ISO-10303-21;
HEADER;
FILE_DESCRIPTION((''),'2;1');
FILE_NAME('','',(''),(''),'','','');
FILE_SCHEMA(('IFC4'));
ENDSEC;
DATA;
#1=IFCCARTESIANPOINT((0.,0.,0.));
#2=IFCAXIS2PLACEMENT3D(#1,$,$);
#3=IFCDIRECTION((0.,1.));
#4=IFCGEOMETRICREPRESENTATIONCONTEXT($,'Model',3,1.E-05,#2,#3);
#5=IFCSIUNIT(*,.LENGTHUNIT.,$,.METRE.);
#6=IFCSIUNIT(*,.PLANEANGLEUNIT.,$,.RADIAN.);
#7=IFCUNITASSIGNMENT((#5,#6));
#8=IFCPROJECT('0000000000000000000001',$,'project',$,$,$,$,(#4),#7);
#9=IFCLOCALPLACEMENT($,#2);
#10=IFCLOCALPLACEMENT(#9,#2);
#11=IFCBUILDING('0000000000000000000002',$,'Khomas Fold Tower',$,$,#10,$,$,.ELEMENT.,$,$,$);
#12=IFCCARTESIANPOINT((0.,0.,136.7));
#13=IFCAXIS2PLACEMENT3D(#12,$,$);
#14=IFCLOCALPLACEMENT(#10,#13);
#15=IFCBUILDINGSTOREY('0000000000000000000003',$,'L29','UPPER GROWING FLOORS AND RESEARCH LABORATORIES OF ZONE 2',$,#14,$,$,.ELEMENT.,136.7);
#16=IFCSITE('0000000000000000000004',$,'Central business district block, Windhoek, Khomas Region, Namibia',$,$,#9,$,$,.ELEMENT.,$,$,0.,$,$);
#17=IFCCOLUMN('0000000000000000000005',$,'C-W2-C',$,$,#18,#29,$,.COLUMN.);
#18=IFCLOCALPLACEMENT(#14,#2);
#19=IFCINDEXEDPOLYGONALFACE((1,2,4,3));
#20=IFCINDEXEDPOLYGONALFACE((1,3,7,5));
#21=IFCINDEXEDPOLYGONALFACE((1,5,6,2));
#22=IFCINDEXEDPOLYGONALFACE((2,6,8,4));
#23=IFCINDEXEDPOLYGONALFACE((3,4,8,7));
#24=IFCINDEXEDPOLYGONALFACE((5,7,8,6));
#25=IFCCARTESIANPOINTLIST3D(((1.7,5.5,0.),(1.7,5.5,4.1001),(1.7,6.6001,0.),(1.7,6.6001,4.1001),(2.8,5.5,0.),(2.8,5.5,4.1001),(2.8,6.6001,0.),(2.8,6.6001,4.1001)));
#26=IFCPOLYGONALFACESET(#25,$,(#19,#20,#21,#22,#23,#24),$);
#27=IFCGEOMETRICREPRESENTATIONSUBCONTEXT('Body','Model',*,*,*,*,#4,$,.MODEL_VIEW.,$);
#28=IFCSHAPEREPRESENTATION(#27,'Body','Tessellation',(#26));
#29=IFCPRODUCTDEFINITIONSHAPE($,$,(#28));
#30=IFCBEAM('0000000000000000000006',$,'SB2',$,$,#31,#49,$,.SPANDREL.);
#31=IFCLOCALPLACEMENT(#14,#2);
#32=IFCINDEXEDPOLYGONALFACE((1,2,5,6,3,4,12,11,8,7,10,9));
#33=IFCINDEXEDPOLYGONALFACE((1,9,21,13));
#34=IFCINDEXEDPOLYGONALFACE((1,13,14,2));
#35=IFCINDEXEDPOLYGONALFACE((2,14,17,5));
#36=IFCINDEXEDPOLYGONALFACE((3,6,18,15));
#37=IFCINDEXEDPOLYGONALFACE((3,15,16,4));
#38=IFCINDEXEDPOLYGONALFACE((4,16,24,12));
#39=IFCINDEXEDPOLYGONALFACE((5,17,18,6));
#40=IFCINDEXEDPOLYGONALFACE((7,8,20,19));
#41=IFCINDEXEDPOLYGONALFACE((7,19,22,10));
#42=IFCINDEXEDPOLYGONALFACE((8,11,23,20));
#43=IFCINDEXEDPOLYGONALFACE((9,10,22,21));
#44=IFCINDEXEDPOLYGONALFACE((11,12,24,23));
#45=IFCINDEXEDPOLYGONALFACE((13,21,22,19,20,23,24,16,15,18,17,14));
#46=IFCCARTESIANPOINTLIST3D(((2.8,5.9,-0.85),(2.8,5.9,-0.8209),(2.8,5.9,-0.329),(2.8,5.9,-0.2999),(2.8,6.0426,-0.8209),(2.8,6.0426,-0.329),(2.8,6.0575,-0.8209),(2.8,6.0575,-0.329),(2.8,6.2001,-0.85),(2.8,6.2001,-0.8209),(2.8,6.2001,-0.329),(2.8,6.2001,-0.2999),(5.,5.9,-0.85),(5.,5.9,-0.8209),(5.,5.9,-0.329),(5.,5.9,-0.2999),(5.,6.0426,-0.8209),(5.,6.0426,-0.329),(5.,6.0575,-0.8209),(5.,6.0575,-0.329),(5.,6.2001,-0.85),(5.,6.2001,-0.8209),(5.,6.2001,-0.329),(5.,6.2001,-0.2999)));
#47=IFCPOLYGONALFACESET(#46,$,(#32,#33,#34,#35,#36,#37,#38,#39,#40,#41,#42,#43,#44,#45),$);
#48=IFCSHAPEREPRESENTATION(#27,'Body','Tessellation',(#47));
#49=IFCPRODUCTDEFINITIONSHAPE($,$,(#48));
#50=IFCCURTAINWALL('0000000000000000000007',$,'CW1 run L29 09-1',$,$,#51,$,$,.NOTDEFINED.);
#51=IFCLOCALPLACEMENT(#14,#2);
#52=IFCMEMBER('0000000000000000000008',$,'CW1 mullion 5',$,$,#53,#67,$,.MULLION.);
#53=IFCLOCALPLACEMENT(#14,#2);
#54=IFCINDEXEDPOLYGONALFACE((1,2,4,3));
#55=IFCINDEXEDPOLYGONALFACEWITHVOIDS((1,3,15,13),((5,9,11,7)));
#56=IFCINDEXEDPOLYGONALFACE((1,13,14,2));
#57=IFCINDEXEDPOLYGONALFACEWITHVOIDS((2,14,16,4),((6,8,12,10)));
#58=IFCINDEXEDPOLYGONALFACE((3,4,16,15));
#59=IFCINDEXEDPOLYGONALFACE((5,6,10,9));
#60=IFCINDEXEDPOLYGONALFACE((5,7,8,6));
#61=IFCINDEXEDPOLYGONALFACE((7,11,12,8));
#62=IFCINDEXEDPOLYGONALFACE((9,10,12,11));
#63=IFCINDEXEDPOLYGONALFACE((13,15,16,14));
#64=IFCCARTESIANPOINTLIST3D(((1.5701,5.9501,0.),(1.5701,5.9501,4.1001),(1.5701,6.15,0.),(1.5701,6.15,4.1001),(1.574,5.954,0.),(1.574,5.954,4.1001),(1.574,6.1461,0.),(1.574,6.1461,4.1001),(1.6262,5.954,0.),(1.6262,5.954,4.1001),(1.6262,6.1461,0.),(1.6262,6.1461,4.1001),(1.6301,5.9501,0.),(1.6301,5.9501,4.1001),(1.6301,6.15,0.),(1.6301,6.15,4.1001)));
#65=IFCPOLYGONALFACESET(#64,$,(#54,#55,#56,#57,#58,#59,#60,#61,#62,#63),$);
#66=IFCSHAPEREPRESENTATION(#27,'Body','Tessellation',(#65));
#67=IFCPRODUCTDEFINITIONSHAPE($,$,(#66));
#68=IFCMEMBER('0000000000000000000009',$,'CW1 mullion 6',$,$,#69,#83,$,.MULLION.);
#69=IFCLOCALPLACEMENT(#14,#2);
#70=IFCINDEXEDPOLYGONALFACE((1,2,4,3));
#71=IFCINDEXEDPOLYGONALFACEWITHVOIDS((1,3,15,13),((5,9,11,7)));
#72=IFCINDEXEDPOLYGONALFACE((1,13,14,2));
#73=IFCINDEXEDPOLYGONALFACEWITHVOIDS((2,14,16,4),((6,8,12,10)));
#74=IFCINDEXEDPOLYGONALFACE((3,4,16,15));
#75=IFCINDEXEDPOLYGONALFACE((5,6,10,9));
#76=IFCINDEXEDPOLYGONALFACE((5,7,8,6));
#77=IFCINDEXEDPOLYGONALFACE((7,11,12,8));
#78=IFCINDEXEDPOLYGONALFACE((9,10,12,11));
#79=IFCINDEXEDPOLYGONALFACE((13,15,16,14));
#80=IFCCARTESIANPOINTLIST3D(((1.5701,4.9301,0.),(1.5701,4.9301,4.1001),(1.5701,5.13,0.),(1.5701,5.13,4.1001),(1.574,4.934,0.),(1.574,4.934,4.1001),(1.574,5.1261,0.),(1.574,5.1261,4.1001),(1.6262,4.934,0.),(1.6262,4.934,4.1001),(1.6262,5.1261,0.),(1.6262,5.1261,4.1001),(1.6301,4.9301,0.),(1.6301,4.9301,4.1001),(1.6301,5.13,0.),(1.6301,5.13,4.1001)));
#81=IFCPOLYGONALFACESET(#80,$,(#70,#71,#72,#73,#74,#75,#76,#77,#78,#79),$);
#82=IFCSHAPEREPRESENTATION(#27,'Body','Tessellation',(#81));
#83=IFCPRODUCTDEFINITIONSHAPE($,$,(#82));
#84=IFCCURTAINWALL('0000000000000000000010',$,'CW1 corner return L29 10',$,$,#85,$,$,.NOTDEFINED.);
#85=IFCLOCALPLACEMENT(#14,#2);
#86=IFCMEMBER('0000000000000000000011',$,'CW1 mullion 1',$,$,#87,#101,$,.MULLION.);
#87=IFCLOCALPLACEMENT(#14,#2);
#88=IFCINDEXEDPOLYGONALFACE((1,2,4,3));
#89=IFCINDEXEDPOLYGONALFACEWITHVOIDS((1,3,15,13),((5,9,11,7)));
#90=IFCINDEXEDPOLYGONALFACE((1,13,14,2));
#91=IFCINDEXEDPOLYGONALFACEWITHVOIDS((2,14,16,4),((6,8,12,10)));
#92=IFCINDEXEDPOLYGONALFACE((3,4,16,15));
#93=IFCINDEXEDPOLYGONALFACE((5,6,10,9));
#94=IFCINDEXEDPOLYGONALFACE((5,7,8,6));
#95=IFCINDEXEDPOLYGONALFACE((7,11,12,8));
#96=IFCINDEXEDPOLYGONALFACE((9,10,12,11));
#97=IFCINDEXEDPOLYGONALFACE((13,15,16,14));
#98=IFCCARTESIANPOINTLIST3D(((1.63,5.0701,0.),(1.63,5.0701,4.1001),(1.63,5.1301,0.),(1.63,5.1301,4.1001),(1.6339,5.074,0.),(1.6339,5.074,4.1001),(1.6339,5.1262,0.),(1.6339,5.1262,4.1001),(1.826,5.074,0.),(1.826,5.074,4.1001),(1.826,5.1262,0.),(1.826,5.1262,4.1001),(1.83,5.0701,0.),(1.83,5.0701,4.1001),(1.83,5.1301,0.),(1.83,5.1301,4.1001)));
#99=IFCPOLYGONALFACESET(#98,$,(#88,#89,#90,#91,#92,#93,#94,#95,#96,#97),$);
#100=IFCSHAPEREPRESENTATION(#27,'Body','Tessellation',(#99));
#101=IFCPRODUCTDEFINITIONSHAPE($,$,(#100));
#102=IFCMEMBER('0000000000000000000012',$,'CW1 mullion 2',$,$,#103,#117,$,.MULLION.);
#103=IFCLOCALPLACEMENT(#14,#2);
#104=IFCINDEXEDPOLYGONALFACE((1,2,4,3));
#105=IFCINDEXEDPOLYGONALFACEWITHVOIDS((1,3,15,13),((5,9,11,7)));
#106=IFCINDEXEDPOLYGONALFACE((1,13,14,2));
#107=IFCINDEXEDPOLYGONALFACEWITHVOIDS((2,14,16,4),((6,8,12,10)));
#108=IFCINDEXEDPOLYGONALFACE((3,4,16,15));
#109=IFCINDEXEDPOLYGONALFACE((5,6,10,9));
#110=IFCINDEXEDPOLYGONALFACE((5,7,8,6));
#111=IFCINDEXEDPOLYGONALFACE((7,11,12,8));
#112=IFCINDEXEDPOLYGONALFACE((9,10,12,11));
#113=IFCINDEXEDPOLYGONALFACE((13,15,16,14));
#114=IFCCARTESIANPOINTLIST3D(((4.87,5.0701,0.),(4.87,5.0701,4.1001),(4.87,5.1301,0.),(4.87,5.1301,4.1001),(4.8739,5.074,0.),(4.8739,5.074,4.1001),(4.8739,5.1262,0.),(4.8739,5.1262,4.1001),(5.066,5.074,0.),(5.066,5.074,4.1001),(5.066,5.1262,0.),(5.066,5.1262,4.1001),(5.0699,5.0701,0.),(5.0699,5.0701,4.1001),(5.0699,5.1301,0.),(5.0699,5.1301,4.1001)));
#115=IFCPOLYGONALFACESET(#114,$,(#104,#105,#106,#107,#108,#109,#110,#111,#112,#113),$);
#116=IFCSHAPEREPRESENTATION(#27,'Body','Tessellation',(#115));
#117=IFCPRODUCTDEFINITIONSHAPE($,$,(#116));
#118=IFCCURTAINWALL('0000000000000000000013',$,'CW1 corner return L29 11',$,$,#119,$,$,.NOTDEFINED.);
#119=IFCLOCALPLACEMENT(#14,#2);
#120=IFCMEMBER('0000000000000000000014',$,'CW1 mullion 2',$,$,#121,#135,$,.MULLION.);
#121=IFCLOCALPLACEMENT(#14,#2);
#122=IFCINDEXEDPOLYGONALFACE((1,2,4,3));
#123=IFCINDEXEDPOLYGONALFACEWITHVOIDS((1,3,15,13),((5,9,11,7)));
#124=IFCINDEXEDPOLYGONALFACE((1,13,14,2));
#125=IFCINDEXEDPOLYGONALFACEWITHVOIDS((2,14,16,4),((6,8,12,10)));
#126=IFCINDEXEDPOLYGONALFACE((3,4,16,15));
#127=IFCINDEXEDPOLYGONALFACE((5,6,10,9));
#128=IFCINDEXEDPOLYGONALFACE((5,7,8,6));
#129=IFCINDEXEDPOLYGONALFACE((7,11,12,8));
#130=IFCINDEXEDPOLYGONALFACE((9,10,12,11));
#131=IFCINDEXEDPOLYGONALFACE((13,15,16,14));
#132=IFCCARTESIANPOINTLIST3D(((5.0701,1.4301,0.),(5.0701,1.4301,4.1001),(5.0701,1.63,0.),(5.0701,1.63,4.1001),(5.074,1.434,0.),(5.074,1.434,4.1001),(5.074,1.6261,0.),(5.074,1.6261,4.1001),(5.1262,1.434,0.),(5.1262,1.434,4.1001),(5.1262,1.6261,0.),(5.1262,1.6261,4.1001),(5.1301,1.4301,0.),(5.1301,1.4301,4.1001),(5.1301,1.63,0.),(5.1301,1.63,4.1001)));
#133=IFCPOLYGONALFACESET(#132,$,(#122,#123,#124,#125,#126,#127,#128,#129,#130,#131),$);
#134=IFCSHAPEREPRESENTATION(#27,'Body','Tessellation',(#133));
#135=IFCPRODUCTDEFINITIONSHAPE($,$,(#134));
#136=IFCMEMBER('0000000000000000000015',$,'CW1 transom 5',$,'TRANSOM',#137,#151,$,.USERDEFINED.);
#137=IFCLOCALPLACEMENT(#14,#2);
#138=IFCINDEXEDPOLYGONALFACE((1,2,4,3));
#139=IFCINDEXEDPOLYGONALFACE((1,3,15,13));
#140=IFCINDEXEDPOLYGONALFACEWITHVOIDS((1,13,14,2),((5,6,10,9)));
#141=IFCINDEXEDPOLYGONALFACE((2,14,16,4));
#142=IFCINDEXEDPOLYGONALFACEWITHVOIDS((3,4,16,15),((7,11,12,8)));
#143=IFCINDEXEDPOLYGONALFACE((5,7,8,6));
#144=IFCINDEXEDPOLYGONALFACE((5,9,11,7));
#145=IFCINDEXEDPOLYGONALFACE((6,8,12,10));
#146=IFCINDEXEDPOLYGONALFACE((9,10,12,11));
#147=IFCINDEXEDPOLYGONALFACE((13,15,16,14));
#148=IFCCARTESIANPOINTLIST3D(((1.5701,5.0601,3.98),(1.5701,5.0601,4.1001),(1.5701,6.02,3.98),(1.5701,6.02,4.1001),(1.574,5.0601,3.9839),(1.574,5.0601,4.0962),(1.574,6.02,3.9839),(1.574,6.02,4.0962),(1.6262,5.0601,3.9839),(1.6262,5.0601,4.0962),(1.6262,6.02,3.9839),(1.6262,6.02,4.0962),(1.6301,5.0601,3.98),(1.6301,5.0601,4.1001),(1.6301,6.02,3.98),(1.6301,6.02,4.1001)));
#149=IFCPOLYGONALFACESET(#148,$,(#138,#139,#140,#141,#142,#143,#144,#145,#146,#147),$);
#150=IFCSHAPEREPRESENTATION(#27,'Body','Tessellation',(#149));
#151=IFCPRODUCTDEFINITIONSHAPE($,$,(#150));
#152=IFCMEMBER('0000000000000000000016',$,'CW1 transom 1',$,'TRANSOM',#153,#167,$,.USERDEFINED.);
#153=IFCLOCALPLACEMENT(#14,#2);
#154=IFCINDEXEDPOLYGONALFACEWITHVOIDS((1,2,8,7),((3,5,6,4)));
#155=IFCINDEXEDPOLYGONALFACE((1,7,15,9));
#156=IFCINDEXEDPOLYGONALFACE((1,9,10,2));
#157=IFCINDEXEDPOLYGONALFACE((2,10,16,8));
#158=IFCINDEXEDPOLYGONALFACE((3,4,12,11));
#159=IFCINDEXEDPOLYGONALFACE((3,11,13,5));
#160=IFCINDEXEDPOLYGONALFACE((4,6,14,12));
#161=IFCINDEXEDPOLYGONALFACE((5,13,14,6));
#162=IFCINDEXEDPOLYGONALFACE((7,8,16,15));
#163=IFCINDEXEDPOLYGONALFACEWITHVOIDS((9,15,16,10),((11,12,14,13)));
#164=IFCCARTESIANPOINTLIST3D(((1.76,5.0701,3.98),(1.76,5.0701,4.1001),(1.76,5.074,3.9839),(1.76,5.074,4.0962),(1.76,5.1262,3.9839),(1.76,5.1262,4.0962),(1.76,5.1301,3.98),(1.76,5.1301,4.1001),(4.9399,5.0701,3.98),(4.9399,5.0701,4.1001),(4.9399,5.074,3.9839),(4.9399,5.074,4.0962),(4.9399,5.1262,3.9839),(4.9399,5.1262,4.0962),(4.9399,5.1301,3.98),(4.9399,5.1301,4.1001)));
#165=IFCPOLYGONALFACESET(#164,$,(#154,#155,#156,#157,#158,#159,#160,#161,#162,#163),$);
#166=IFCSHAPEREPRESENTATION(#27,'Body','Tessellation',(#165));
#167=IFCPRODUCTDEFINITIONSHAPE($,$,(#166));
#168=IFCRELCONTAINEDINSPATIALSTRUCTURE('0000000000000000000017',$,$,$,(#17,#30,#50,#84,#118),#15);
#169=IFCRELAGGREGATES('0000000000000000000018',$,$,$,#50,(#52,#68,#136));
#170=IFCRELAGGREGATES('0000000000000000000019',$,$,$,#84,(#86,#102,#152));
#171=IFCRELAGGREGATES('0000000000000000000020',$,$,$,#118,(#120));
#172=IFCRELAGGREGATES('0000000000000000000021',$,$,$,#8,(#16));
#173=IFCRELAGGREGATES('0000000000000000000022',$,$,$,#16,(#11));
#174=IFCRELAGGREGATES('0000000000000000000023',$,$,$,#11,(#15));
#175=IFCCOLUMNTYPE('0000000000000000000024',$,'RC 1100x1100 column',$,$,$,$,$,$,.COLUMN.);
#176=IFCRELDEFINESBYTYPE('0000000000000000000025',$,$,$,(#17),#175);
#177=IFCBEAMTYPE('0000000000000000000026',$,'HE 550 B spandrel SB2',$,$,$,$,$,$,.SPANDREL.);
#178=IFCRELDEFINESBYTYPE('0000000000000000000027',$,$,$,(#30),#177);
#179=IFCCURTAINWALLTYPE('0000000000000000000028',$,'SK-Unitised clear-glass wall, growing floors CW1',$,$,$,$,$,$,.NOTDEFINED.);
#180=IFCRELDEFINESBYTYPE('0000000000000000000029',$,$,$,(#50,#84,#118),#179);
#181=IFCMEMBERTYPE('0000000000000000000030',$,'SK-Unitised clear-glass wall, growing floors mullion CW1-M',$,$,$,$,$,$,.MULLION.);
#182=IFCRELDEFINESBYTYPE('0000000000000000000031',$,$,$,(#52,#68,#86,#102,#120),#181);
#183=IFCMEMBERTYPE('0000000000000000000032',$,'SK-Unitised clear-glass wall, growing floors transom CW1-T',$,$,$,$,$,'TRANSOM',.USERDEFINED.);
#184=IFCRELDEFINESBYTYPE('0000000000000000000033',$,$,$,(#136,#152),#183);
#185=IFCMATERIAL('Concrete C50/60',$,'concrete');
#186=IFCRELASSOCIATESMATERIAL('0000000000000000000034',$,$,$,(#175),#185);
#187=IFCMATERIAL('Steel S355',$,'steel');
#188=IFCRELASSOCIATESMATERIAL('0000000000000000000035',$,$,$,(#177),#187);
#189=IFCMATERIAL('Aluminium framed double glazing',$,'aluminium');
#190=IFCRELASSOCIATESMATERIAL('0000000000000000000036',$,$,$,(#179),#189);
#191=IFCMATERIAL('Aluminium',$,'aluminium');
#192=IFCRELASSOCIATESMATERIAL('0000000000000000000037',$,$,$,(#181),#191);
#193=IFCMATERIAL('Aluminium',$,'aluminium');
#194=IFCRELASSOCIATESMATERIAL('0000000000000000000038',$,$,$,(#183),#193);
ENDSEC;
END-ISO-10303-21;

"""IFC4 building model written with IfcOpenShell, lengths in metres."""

from ifc_helpers import new_model, si_unit, direction, frame, origin, origin_2d, place, context, subcontext, project, spatial, rectangle, hollow_rectangle, i_section, extrude, source, transform, mapped, material, material_profile, profile_set, type_object, element, aggregate, save


model = new_model("IFC4")

# Units and contexts
model_context = context("Model", 3, precision=1e-05, world=origin(), true_north=direction((0.0, 1.0)))
body_context = subcontext(model_context, "Body", "Model", "MODEL_VIEW")
ifc_project = project(units=[si_unit("LENGTHUNIT", "METRE"), si_unit("PLANEANGLEUNIT", "RADIAN")], contexts=[model_context])

# Site, building, storey
site_placement = place(None, origin())
site = spatial("IfcSite", under=ifc_project, at=site_placement, Name="Central business district block, Windhoek, Khomas Region, Namibia", CompositionType="ELEMENT", RefElevation=0.0)
building_placement = place(site_placement, origin())
building = spatial("IfcBuilding", under=site, at=building_placement, Name="Khomas Fold Tower", CompositionType="ELEMENT")
storey_placement = place(building_placement, frame((0.0, 0.0, 136.7)))
storey = spatial("IfcBuildingStorey", under=building, at=storey_placement, Name="L29", Description="UPPER GROWING FLOORS AND RESEARCH LABORATORIES OF ZONE 2", CompositionType="ELEMENT", Elevation=136.7)

# Column
ifc_material_1 = material(Name="Concrete C50/60", Category="concrete")
ifc_material_profile_1 = material_profile(ifc_material_1, rectangle(XDim=1.1001, YDim=1.1001, at=origin_2d()), Name="RC 1100x1100")
ifc_profile_set_1 = profile_set([ifc_material_profile_1], Name="Concrete C50/60")
column_type = type_object("IfcColumnType", Name="RC 1100x1100 column", PredefinedType="COLUMN", material=ifc_profile_set_1)
shared_shape_1 = source(origin(), body_context, "Body", "SweptSolid", [
    extrude(rectangle(XDim=1.1001, YDim=1.1001, at=origin_2d()), origin(), (0.0, 0.0, 1.0), 4.1001),
])
column_placement = place(storey_placement, frame((2.25, 6.05, 0.0), z_axis=(0.0, 0.0, 1.0), x_axis=(1.0, 0.0, 0.0)))
element("IfcColumn", 1, at=column_placement, inside=storey, type_object=column_type, Name="C-W2-C", PredefinedType="COLUMN", context=body_context, shape_type="MappedRepresentation", body=[
    mapped(shared_shape_1, transform((0.0, 0.0, 0.0))),
])

# Beam
ifc_material_2 = material(Name="Steel S355", Category="steel")
ifc_material_profile_2 = material_profile(ifc_material_2, i_section(OverallWidth=0.3, OverallDepth=0.55, WebThickness=0.0149, FlangeThickness=0.0291, at=origin_2d()), Name="HE 550 B")
ifc_profile_set_2 = profile_set([ifc_material_profile_2], Name="Steel S355")
beam_type = type_object("IfcBeamType", Name="HE 550 B spandrel SB2", PredefinedType="SPANDREL", material=ifc_profile_set_2)
shared_shape_2 = source(origin(), body_context, "Body", "SweptSolid", [
    extrude(i_section(OverallWidth=0.3, OverallDepth=0.55, WebThickness=0.0149, FlangeThickness=0.0291, at=origin_2d()), origin(), (0.0, 0.0, 1.0), 2.2),
])
beam_placement = place(storey_placement, frame((2.8, 6.05, -0.575), z_axis=(1.0, 0.0, 0.0), x_axis=(0.0, 1.0, 0.0)))
element("IfcBeam", 2, at=beam_placement, inside=storey, type_object=beam_type, Name="SB2", PredefinedType="SPANDREL", context=body_context, shape_type="MappedRepresentation", body=[
    mapped(shared_shape_2, transform((0.0, 0.0, 0.0))),
])

# Curtain walls, members
ifc_material_3 = material(Name="Aluminium framed double glazing", Category="aluminium")
curtain_wall_type = type_object("IfcCurtainWallType", Name="SK-Unitised clear-glass wall, growing floors CW1", PredefinedType="NOTDEFINED", material=ifc_material_3)
curtain_wall_1_placement = place(storey_placement, origin())
curtain_wall_1 = element("IfcCurtainWall", 3, at=curtain_wall_1_placement, inside=storey, type_object=curtain_wall_type, Name="CW1 run L29 09-1", PredefinedType="NOTDEFINED")
ifc_material_4 = material(Name="Aluminium", Category="aluminium")
ifc_material_profile_3 = material_profile(ifc_material_4, hollow_rectangle(XDim=0.0601, YDim=0.2, WallThickness=0.0039, at=origin_2d()), Name="SK-Unitised clear-glass wall, growing floors mullion CW1-M")
ifc_profile_set_3 = profile_set([ifc_material_profile_3], Name="Aluminium")
member_type_1 = type_object("IfcMemberType", Name="SK-Unitised clear-glass wall, growing floors mullion CW1-M", PredefinedType="MULLION", material=ifc_profile_set_3)
shared_shape_3 = source(origin(), body_context, "Body", "SweptSolid", [
    extrude(hollow_rectangle(XDim=0.0601, YDim=0.2, WallThickness=0.0039, at=origin_2d()), origin(), (0.0, 0.0, 1.0), 4.1001),
])
member_1_placement = place(storey_placement, frame((1.6001, 6.05, 0.0), z_axis=(0.0, 0.0, 1.0), x_axis=(1.0, 0.0, 0.0)))
member_1 = element("IfcMember", 4, at=member_1_placement, type_object=member_type_1, Name="CW1 mullion 5", PredefinedType="MULLION", context=body_context, shape_type="MappedRepresentation", body=[
    mapped(shared_shape_3, transform((0.0, 0.0, 0.0))),
])
member_2_placement = place(storey_placement, frame((1.6001, 5.03, 0.0), z_axis=(0.0, 0.0, 1.0), x_axis=(1.0, 0.0, 0.0)))
member_2 = element("IfcMember", 5, at=member_2_placement, type_object=member_type_1, Name="CW1 mullion 6", PredefinedType="MULLION", context=body_context, shape_type="MappedRepresentation", body=[
    mapped(shared_shape_3, transform((0.0, 0.0, 0.0))),
])
curtain_wall_2_placement = place(storey_placement, origin())
curtain_wall_2 = element("IfcCurtainWall", 6, at=curtain_wall_2_placement, inside=storey, type_object=curtain_wall_type, Name="CW1 corner return L29 10", PredefinedType="NOTDEFINED")
member_3_placement = place(storey_placement, frame((1.73, 5.1001, 0.0), z_axis=(0.0, 0.0, 1.0), x_axis=(0.0, 1.0, 0.0)))
member_3 = element("IfcMember", 7, at=member_3_placement, type_object=member_type_1, Name="CW1 mullion 1", PredefinedType="MULLION", context=body_context, shape_type="MappedRepresentation", body=[
    mapped(shared_shape_3, transform((0.0, 0.0, 0.0))),
])
member_4_placement = place(storey_placement, frame((4.97, 5.1001, 0.0), z_axis=(0.0, 0.0, 1.0), x_axis=(0.0, 1.0, 0.0)))
member_4 = element("IfcMember", 8, at=member_4_placement, type_object=member_type_1, Name="CW1 mullion 2", PredefinedType="MULLION", context=body_context, shape_type="MappedRepresentation", body=[
    mapped(shared_shape_3, transform((0.0, 0.0, 0.0))),
])

# Curtain wall, member
curtain_wall_3_placement = place(storey_placement, origin())
curtain_wall_3 = element("IfcCurtainWall", 9, at=curtain_wall_3_placement, inside=storey, type_object=curtain_wall_type, Name="CW1 corner return L29 11", PredefinedType="NOTDEFINED")
member_5_placement = place(storey_placement, frame((5.1001, 1.53, 0.0), z_axis=(0.0, 0.0, 1.0), x_axis=(1.0, 0.0, 0.0)))
member_5 = element("IfcMember", 10, at=member_5_placement, type_object=member_type_1, Name="CW1 mullion 2", PredefinedType="MULLION", context=body_context, shape_type="MappedRepresentation", body=[
    mapped(shared_shape_3, transform((0.0, 0.0, 0.0))),
])

# Members
ifc_material_5 = material(Name="Aluminium", Category="aluminium")
ifc_material_profile_4 = material_profile(ifc_material_5, hollow_rectangle(XDim=0.0601, YDim=0.1201, WallThickness=0.0039, at=origin_2d()), Name="SK-Unitised clear-glass wall, growing floors transom CW1-T")
ifc_profile_set_4 = profile_set([ifc_material_profile_4], Name="Aluminium")
member_type_2 = type_object("IfcMemberType", Name="SK-Unitised clear-glass wall, growing floors transom CW1-T", ElementType="TRANSOM", PredefinedType="USERDEFINED", material=ifc_profile_set_4)
shared_shape_4 = source(origin(), body_context, "Body", "SweptSolid", [
    extrude(hollow_rectangle(XDim=0.0601, YDim=0.1201, WallThickness=0.0039, at=origin_2d()), origin(), (0.0, 0.0, 1.0), 0.96),
])
member_6_placement = place(storey_placement, frame((1.6001, 6.02, 4.04), z_axis=(0.0, -1.0, 0.0), x_axis=(1.0, 0.0, 0.0)))
member_6 = element("IfcMember", 11, at=member_6_placement, type_object=member_type_2, Name="CW1 transom 5", ObjectType="TRANSOM", PredefinedType="USERDEFINED", context=body_context, shape_type="MappedRepresentation", body=[
    mapped(shared_shape_4, transform((0.0, 0.0, 0.0))),
])
shared_shape_5 = source(origin(), body_context, "Body", "SweptSolid", [
    extrude(hollow_rectangle(XDim=0.0601, YDim=0.1201, WallThickness=0.0039, at=origin_2d()), origin(), (0.0, 0.0, 1.0), 3.1799),
])
member_7_placement = place(storey_placement, frame((1.76, 5.1001, 4.04), z_axis=(1.0, 0.0, 0.0), x_axis=(0.0, 1.0, 0.0)))
member_7 = element("IfcMember", 12, at=member_7_placement, type_object=member_type_2, Name="CW1 transom 1", ObjectType="TRANSOM", PredefinedType="USERDEFINED", context=body_context, shape_type="MappedRepresentation", body=[
    mapped(shared_shape_5, transform((0.0, 0.0, 0.0))),
])

aggregate(curtain_wall_1, [member_1, member_2, member_6])
aggregate(curtain_wall_2, [member_3, member_4, member_7])
aggregate(curtain_wall_3, [member_5])

save(model, "model.ifc")
